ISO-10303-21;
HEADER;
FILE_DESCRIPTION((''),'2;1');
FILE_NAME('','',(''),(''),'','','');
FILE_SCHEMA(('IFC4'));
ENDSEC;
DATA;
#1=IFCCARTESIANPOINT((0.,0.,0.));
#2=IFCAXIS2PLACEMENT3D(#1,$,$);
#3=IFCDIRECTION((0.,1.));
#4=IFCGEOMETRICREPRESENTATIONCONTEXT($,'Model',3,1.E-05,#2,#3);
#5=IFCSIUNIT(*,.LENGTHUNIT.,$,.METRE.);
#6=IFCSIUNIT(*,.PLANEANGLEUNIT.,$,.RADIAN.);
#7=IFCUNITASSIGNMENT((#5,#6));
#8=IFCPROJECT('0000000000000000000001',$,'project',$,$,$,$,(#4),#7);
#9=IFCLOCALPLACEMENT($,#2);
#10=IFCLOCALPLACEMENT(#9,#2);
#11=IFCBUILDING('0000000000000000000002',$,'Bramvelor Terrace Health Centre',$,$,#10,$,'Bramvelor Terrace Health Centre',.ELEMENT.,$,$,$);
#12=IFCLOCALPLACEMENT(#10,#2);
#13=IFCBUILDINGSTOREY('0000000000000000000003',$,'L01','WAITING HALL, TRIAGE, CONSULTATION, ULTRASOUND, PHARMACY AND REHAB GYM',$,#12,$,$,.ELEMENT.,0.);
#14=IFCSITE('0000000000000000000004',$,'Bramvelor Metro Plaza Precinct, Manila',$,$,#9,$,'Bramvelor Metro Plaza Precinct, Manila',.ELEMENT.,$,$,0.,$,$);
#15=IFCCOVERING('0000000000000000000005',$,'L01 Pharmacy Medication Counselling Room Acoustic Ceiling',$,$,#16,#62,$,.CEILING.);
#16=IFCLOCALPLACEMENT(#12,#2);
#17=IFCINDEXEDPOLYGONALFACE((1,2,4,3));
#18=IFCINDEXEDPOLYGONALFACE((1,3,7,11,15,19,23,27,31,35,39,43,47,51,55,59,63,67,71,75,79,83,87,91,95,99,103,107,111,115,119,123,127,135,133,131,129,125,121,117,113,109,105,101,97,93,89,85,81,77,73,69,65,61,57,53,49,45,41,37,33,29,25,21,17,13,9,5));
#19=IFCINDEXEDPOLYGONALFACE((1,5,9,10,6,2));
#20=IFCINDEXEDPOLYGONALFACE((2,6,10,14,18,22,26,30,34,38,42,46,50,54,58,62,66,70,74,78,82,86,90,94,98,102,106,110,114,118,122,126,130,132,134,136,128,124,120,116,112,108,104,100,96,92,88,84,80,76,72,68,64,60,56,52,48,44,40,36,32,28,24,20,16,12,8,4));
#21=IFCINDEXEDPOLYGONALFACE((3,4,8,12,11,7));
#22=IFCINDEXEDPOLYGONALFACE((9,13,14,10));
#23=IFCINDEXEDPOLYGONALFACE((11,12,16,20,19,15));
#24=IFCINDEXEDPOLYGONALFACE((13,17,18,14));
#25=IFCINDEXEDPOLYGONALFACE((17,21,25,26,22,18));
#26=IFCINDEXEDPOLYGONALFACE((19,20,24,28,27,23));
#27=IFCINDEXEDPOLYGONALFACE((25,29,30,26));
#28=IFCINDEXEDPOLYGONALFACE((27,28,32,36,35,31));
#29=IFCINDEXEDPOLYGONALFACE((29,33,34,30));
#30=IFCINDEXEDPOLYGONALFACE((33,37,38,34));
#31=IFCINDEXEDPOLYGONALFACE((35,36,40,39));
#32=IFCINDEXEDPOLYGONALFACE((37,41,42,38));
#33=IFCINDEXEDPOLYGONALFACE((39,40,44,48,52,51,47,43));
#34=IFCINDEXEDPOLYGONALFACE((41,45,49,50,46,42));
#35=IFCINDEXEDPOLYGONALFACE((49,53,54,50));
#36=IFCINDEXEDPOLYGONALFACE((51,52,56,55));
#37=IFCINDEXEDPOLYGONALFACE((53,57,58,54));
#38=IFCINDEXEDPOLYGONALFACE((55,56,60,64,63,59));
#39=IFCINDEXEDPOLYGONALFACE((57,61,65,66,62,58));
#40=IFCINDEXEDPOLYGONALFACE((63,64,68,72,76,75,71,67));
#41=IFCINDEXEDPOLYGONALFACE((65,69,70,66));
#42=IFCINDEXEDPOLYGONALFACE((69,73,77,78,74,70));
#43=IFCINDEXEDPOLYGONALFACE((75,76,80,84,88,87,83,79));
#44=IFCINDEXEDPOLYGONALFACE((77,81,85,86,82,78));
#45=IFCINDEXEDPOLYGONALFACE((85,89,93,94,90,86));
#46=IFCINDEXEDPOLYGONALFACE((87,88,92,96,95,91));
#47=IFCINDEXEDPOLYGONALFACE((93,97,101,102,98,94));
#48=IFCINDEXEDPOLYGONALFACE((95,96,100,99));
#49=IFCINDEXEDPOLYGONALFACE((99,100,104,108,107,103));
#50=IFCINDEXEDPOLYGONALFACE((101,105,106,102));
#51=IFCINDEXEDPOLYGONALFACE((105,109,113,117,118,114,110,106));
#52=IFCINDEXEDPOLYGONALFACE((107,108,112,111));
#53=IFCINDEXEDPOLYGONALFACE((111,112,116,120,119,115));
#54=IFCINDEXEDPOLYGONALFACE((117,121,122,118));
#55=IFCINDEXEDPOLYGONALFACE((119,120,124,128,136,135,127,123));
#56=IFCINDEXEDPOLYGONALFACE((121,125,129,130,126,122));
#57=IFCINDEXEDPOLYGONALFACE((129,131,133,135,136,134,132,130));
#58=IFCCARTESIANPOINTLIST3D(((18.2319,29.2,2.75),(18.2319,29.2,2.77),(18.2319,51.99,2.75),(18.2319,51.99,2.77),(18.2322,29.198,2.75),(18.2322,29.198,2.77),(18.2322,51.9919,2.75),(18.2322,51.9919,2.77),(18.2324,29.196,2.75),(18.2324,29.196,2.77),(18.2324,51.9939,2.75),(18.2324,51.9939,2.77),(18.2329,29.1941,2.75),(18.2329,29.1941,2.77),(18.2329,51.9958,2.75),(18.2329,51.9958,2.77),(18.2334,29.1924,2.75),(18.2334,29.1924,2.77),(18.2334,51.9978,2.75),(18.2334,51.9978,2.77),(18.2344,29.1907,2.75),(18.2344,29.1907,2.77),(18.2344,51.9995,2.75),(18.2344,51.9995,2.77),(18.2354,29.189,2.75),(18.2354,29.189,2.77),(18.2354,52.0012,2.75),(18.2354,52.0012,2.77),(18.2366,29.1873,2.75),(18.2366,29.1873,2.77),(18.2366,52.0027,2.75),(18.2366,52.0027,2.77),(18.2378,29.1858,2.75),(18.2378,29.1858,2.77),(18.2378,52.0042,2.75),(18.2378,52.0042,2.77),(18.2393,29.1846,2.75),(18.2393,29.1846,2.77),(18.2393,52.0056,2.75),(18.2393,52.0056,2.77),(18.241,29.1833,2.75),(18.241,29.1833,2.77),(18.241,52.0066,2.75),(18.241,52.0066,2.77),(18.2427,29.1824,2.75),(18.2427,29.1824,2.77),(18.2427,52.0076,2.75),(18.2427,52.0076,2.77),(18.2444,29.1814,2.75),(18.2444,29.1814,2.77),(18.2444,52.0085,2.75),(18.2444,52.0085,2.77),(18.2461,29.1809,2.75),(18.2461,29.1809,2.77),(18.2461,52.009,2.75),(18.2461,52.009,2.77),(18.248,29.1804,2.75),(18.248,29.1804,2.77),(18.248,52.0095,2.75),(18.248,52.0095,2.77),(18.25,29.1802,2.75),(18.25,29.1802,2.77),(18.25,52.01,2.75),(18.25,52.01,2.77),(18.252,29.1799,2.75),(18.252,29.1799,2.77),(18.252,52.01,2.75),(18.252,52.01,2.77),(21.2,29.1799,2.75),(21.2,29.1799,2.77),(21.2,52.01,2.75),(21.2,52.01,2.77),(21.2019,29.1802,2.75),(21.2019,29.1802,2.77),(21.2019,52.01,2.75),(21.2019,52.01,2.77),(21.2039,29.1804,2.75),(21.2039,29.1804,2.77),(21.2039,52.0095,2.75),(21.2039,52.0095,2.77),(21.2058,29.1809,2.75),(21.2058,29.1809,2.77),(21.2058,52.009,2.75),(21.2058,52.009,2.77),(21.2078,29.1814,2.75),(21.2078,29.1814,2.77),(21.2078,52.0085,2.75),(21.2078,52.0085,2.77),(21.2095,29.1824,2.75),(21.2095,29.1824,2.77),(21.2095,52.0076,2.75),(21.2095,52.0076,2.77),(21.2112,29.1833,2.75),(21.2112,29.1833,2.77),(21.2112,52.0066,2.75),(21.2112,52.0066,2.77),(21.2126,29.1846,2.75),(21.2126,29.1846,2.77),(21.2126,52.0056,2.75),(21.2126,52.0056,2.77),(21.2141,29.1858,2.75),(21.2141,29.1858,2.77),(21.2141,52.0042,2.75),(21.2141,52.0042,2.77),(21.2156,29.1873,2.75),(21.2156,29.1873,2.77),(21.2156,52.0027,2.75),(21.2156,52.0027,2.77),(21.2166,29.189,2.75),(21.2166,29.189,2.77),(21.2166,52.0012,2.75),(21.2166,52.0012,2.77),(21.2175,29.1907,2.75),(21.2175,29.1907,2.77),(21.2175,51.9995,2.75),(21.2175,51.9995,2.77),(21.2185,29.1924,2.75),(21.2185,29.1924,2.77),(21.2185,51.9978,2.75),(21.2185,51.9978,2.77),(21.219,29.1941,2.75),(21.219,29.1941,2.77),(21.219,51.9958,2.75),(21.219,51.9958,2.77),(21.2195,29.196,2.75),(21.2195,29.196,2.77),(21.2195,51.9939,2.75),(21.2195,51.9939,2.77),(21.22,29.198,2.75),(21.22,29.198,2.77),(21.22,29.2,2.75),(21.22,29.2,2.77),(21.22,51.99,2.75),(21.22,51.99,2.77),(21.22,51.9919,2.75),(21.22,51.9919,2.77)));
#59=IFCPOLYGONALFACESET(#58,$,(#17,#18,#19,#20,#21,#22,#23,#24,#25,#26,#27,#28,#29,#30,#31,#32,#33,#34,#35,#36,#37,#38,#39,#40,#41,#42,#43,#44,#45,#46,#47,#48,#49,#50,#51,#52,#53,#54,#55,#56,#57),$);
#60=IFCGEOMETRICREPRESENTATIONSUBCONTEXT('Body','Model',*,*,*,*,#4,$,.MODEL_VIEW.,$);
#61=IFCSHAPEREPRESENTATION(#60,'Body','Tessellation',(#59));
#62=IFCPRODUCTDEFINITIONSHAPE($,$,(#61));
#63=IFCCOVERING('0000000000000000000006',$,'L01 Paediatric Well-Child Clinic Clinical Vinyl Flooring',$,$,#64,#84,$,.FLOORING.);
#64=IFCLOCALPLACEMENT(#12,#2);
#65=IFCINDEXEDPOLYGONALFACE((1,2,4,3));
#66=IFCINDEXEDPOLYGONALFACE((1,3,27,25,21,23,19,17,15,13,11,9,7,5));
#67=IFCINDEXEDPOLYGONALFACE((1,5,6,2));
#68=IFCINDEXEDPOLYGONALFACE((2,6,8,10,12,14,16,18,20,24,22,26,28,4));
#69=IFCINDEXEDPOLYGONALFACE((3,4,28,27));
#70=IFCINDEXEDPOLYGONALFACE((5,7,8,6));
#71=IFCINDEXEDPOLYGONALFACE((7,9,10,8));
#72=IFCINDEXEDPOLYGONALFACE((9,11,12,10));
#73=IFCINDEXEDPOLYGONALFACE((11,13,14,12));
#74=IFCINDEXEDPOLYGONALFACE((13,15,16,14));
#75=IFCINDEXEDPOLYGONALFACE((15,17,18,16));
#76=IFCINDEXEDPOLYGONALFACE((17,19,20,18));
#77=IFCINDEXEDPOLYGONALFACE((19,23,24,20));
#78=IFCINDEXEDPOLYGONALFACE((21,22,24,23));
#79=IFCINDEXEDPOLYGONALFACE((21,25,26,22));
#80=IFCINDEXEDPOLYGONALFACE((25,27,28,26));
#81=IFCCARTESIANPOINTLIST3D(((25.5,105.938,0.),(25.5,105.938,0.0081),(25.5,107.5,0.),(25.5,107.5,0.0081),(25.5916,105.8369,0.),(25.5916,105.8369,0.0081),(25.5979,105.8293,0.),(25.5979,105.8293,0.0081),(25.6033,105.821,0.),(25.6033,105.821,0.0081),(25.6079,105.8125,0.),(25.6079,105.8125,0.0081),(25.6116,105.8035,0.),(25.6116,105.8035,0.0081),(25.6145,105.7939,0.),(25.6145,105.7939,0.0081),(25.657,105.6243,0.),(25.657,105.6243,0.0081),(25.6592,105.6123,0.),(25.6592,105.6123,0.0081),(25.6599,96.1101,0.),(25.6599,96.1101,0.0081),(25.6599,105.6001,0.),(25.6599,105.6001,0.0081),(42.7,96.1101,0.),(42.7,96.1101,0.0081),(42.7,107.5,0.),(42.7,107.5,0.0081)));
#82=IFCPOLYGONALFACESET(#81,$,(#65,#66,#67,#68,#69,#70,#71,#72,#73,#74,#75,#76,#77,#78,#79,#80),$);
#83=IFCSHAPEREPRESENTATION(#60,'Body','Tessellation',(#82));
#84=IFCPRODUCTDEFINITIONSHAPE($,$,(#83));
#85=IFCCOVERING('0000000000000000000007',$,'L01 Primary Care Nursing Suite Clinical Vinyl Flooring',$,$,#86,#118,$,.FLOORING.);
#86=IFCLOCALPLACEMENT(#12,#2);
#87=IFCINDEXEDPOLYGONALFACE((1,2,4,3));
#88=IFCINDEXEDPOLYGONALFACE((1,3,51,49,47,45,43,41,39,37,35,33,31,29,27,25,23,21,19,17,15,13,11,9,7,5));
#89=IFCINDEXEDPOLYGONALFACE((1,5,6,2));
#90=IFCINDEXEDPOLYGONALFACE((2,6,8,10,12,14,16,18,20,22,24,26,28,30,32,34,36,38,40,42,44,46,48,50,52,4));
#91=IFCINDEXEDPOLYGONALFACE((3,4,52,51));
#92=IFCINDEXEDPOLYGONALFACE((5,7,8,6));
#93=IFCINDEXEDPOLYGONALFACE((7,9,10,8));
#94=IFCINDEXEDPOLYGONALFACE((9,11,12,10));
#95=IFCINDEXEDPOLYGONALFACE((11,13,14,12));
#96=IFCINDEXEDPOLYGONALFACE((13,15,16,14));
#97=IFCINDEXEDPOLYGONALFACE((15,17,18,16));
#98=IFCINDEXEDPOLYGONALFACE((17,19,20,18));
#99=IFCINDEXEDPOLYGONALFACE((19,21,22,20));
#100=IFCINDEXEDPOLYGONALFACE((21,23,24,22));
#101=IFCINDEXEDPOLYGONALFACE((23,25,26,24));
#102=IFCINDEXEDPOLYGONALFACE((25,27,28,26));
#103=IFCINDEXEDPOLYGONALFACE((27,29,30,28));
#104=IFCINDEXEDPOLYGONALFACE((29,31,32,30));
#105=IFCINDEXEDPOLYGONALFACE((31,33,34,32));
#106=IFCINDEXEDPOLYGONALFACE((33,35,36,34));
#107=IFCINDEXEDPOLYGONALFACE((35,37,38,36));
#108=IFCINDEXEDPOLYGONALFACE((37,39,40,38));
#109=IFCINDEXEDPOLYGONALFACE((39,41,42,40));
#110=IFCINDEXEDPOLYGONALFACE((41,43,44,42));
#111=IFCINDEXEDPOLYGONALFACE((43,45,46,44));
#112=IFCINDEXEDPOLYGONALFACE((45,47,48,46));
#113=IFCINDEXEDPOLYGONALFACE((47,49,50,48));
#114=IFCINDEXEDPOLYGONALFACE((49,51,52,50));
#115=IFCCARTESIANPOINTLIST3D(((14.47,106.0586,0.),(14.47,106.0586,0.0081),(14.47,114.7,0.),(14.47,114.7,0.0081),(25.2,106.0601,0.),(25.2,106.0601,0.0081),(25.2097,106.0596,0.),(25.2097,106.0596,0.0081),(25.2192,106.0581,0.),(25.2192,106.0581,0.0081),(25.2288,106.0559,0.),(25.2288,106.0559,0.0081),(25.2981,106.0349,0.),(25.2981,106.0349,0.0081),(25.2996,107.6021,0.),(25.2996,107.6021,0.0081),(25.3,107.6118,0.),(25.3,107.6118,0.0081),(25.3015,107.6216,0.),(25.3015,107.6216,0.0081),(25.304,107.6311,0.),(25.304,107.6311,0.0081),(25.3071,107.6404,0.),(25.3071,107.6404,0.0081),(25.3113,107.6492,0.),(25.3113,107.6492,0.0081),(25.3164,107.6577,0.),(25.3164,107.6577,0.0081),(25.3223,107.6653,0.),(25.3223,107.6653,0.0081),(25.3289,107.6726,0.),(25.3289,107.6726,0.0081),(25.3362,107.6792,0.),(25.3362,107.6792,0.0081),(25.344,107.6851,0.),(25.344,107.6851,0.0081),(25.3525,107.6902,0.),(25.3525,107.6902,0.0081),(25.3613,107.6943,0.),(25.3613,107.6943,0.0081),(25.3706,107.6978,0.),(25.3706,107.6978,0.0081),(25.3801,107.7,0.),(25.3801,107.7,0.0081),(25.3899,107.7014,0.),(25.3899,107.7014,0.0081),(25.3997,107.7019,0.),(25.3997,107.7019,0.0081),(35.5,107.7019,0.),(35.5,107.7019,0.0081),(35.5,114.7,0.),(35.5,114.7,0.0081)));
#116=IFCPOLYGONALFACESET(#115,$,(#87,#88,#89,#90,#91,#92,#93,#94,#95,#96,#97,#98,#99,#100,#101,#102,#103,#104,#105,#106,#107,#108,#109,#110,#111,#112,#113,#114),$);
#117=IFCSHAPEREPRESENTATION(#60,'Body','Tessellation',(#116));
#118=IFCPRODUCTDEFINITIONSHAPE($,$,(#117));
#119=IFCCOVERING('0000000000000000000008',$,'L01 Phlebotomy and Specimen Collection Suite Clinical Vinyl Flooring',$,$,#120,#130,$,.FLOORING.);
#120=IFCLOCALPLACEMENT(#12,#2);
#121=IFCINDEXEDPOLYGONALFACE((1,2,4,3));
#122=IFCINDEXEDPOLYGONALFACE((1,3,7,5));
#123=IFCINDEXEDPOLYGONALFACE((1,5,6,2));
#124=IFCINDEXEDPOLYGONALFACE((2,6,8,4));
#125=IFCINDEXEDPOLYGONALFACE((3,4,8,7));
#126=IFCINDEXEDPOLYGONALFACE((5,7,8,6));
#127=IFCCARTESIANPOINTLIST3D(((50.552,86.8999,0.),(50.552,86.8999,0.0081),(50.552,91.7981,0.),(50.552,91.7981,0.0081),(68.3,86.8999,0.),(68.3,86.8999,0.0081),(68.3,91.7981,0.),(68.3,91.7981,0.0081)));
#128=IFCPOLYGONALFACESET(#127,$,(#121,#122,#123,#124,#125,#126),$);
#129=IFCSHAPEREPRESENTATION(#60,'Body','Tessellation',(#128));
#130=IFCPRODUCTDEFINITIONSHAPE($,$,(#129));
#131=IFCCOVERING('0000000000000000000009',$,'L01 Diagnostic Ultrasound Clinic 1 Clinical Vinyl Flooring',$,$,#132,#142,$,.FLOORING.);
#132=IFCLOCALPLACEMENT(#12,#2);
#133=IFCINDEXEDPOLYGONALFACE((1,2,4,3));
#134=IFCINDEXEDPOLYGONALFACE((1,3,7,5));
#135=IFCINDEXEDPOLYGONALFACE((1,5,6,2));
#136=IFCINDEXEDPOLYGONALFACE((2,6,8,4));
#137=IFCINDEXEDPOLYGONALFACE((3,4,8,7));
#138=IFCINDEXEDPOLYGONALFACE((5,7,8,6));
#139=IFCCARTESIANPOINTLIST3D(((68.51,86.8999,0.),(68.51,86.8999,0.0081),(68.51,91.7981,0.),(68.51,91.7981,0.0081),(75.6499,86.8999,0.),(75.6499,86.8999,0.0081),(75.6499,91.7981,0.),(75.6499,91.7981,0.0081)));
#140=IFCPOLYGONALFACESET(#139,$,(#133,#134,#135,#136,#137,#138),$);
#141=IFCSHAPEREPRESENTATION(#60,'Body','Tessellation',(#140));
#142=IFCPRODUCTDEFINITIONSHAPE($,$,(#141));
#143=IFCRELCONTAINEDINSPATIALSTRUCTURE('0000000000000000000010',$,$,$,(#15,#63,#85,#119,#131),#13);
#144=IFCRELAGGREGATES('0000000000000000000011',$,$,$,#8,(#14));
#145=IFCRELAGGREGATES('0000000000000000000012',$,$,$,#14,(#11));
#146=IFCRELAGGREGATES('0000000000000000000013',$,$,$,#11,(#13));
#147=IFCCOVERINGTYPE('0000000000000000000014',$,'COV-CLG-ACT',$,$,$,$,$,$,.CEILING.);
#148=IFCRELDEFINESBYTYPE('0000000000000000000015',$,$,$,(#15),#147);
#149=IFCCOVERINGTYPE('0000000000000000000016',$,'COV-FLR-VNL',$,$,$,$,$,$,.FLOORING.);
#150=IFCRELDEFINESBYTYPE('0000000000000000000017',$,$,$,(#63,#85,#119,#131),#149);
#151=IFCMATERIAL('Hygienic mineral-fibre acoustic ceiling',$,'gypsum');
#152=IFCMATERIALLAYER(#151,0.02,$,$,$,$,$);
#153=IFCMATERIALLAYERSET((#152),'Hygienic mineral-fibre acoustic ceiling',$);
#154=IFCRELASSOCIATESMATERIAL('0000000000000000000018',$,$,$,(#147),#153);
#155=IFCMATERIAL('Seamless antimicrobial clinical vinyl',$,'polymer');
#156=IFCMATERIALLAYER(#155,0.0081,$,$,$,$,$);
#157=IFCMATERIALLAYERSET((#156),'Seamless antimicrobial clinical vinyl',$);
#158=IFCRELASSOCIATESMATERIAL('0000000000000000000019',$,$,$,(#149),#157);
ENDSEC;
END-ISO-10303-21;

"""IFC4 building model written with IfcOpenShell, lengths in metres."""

from ifc_helpers import new_model, si_unit, direction, frame, origin, place, context, subcontext, project, spatial, polyline, outline, extrude, material, layer, layer_set, type_object, element, save


model = new_model("IFC4")

# Units and contexts
model_context = context("Model", 3, precision=1e-05, world=origin(), true_north=direction((0.0, 1.0)))
body_context = subcontext(model_context, "Body", "Model", "MODEL_VIEW")
ifc_project = project(units=[si_unit("LENGTHUNIT", "METRE"), si_unit("PLANEANGLEUNIT", "RADIAN")], contexts=[model_context])

# Site, building, storey
site_placement = place(None, origin())
site = spatial("IfcSite", under=ifc_project, at=site_placement, Name="Bramvelor Metro Plaza Precinct, Manila", LongName="Bramvelor Metro Plaza Precinct, Manila", CompositionType="ELEMENT", RefElevation=0.0)
building_placement = place(site_placement, origin())
building = spatial("IfcBuilding", under=site, at=building_placement, Name="Bramvelor Terrace Health Centre", LongName="Bramvelor Terrace Health Centre", CompositionType="ELEMENT")
storey_placement = place(building_placement, origin())
storey = spatial("IfcBuildingStorey", under=building, at=storey_placement, Name="L01", Description="WAITING HALL, TRIAGE, CONSULTATION, ULTRASOUND, PHARMACY AND REHAB GYM", CompositionType="ELEMENT", Elevation=0.0)

# Coverings
ifc_material_1 = material(Name="Hygienic mineral-fibre acoustic ceiling", Category="gypsum")
ifc_layer_1 = layer(ifc_material_1, 0.02)
ifc_layer_set_1 = layer_set([ifc_layer_1], Name="Hygienic mineral-fibre acoustic ceiling")
covering_type_1 = type_object("IfcCoveringType", Name="COV-CLG-ACT", PredefinedType="CEILING", material=ifc_layer_set_1)
covering_1_placement = place(storey_placement, frame((0.0, 0.0, 2.75)))
element("IfcCovering", 1, at=covering_1_placement, inside=storey, type_object=covering_type_1, Name="L01 Pharmacy Medication Counselling Room Acoustic Ceiling", PredefinedType="CEILING", context=body_context, shape_type="SweptSolid", body=[
    extrude(outline(polyline([(21.2, 52.01), (21.2019, 52.01), (21.2039, 52.0095), (21.2058, 52.009), (21.2078, 52.0085), (21.2095, 52.0076), (21.2112, 52.0066), (21.2126, 52.0056), (21.2141, 52.0042), (21.2156, 52.0027), (21.2166, 52.0012), (21.2175, 51.9995), (21.2185, 51.9978), (21.219, 51.9958), (21.2195, 51.9939), (21.22, 51.9919), (21.22, 51.99), (21.22, 29.2), (21.22, 29.198), (21.2195, 29.196), (21.219, 29.1941), (21.2185, 29.1924), (21.2175, 29.1907), (21.2166, 29.189), (21.2156, 29.1873), (21.2141, 29.1858), (21.2126, 29.1846), (21.2112, 29.1833), (21.2095, 29.1824), (21.2078, 29.1814), (21.2058, 29.1809), (21.2039, 29.1804), (21.2019, 29.1802), (21.2, 29.1799), (18.252, 29.1799), (18.25, 29.1802), (18.248, 29.1804), (18.2461, 29.1809), (18.2444, 29.1814), (18.2427, 29.1824), (18.241, 29.1833), (18.2393, 29.1846), (18.2378, 29.1858), (18.2366, 29.1873), (18.2354, 29.189), (18.2344, 29.1907), (18.2334, 29.1924), (18.2329, 29.1941), (18.2324, 29.196), (18.2322, 29.198), (18.2319, 29.2), (18.2319, 51.99), (18.2322, 51.9919), (18.2324, 51.9939), (18.2329, 51.9958), (18.2334, 51.9978), (18.2344, 51.9995), (18.2354, 52.0012), (18.2366, 52.0027), (18.2378, 52.0042), (18.2393, 52.0056), (18.241, 52.0066), (18.2427, 52.0076), (18.2444, 52.0085), (18.2461, 52.009), (18.248, 52.0095), (18.25, 52.01), (18.252, 52.01), (21.2, 52.01)])), origin(), (0.0, 0.0, 1.0), 0.02),
])
ifc_material_2 = material(Name="Seamless antimicrobial clinical vinyl", Category="polymer")
ifc_layer_2 = layer(ifc_material_2, 0.0081)
ifc_layer_set_2 = layer_set([ifc_layer_2], Name="Seamless antimicrobial clinical vinyl")
covering_type_2 = type_object("IfcCoveringType", Name="COV-FLR-VNL", PredefinedType="FLOORING", material=ifc_layer_set_2)
covering_2_placement = place(storey_placement, origin())
element("IfcCovering", 2, at=covering_2_placement, inside=storey, type_object=covering_type_2, Name="L01 Paediatric Well-Child Clinic Clinical Vinyl Flooring", PredefinedType="FLOORING", context=body_context, shape_type="SweptSolid", body=[
    extrude(outline(polyline([(42.7, 107.5), (42.7, 96.1101), (25.6599, 96.1101), (25.6599, 105.6001), (25.6592, 105.6123), (25.657, 105.6243), (25.6145, 105.7939), (25.6116, 105.8035), (25.6079, 105.8125), (25.6033, 105.821), (25.5979, 105.8293), (25.5916, 105.8369), (25.5, 105.938), (25.5, 107.5), (42.7, 107.5)])), origin(), (0.0, 0.0, 1.0), 0.0081),
])
covering_3_placement = place(storey_placement, origin())
element("IfcCovering", 3, at=covering_3_placement, inside=storey, type_object=covering_type_2, Name="L01 Primary Care Nursing Suite Clinical Vinyl Flooring", PredefinedType="FLOORING", context=body_context, shape_type="SweptSolid", body=[
    extrude(outline(polyline([(35.5, 114.7), (35.5, 107.7019), (25.3997, 107.7019), (25.3899, 107.7014), (25.3801, 107.7), (25.3706, 107.6978), (25.3613, 107.6943), (25.3525, 107.6902), (25.344, 107.6851), (25.3362, 107.6792), (25.3289, 107.6726), (25.3223, 107.6653), (25.3164, 107.6577), (25.3113, 107.6492), (25.3071, 107.6404), (25.304, 107.6311), (25.3015, 107.6216), (25.3, 107.6118), (25.2996, 107.6021), (25.2981, 106.0349), (25.2288, 106.0559), (25.2192, 106.0581), (25.2097, 106.0596), (25.2, 106.0601), (14.47, 106.0586), (14.47, 114.7), (35.5, 114.7)])), origin(), (0.0, 0.0, 1.0), 0.0081),
])
covering_4_placement = place(storey_placement, origin())
element("IfcCovering", 4, at=covering_4_placement, inside=storey, type_object=covering_type_2, Name="L01 Phlebotomy and Specimen Collection Suite Clinical Vinyl Flooring", PredefinedType="FLOORING", context=body_context, shape_type="SweptSolid", body=[
    extrude(outline(polyline([(68.3, 86.8999), (50.552, 86.8999), (50.552, 91.7981), (68.3, 91.7981), (68.3, 86.8999)])), origin(), (0.0, 0.0, 1.0), 0.0081),
])
covering_5_placement = place(storey_placement, origin())
element("IfcCovering", 5, at=covering_5_placement, inside=storey, type_object=covering_type_2, Name="L01 Diagnostic Ultrasound Clinic 1 Clinical Vinyl Flooring", PredefinedType="FLOORING", context=body_context, shape_type="SweptSolid", body=[
    extrude(outline(polyline([(68.51, 91.7981), (75.6499, 91.7981), (75.6499, 86.8999), (68.51, 86.8999), (68.51, 91.7981)])), origin(), (0.0, 0.0, 1.0), 0.0081),
])

save(model, "model.ifc")
